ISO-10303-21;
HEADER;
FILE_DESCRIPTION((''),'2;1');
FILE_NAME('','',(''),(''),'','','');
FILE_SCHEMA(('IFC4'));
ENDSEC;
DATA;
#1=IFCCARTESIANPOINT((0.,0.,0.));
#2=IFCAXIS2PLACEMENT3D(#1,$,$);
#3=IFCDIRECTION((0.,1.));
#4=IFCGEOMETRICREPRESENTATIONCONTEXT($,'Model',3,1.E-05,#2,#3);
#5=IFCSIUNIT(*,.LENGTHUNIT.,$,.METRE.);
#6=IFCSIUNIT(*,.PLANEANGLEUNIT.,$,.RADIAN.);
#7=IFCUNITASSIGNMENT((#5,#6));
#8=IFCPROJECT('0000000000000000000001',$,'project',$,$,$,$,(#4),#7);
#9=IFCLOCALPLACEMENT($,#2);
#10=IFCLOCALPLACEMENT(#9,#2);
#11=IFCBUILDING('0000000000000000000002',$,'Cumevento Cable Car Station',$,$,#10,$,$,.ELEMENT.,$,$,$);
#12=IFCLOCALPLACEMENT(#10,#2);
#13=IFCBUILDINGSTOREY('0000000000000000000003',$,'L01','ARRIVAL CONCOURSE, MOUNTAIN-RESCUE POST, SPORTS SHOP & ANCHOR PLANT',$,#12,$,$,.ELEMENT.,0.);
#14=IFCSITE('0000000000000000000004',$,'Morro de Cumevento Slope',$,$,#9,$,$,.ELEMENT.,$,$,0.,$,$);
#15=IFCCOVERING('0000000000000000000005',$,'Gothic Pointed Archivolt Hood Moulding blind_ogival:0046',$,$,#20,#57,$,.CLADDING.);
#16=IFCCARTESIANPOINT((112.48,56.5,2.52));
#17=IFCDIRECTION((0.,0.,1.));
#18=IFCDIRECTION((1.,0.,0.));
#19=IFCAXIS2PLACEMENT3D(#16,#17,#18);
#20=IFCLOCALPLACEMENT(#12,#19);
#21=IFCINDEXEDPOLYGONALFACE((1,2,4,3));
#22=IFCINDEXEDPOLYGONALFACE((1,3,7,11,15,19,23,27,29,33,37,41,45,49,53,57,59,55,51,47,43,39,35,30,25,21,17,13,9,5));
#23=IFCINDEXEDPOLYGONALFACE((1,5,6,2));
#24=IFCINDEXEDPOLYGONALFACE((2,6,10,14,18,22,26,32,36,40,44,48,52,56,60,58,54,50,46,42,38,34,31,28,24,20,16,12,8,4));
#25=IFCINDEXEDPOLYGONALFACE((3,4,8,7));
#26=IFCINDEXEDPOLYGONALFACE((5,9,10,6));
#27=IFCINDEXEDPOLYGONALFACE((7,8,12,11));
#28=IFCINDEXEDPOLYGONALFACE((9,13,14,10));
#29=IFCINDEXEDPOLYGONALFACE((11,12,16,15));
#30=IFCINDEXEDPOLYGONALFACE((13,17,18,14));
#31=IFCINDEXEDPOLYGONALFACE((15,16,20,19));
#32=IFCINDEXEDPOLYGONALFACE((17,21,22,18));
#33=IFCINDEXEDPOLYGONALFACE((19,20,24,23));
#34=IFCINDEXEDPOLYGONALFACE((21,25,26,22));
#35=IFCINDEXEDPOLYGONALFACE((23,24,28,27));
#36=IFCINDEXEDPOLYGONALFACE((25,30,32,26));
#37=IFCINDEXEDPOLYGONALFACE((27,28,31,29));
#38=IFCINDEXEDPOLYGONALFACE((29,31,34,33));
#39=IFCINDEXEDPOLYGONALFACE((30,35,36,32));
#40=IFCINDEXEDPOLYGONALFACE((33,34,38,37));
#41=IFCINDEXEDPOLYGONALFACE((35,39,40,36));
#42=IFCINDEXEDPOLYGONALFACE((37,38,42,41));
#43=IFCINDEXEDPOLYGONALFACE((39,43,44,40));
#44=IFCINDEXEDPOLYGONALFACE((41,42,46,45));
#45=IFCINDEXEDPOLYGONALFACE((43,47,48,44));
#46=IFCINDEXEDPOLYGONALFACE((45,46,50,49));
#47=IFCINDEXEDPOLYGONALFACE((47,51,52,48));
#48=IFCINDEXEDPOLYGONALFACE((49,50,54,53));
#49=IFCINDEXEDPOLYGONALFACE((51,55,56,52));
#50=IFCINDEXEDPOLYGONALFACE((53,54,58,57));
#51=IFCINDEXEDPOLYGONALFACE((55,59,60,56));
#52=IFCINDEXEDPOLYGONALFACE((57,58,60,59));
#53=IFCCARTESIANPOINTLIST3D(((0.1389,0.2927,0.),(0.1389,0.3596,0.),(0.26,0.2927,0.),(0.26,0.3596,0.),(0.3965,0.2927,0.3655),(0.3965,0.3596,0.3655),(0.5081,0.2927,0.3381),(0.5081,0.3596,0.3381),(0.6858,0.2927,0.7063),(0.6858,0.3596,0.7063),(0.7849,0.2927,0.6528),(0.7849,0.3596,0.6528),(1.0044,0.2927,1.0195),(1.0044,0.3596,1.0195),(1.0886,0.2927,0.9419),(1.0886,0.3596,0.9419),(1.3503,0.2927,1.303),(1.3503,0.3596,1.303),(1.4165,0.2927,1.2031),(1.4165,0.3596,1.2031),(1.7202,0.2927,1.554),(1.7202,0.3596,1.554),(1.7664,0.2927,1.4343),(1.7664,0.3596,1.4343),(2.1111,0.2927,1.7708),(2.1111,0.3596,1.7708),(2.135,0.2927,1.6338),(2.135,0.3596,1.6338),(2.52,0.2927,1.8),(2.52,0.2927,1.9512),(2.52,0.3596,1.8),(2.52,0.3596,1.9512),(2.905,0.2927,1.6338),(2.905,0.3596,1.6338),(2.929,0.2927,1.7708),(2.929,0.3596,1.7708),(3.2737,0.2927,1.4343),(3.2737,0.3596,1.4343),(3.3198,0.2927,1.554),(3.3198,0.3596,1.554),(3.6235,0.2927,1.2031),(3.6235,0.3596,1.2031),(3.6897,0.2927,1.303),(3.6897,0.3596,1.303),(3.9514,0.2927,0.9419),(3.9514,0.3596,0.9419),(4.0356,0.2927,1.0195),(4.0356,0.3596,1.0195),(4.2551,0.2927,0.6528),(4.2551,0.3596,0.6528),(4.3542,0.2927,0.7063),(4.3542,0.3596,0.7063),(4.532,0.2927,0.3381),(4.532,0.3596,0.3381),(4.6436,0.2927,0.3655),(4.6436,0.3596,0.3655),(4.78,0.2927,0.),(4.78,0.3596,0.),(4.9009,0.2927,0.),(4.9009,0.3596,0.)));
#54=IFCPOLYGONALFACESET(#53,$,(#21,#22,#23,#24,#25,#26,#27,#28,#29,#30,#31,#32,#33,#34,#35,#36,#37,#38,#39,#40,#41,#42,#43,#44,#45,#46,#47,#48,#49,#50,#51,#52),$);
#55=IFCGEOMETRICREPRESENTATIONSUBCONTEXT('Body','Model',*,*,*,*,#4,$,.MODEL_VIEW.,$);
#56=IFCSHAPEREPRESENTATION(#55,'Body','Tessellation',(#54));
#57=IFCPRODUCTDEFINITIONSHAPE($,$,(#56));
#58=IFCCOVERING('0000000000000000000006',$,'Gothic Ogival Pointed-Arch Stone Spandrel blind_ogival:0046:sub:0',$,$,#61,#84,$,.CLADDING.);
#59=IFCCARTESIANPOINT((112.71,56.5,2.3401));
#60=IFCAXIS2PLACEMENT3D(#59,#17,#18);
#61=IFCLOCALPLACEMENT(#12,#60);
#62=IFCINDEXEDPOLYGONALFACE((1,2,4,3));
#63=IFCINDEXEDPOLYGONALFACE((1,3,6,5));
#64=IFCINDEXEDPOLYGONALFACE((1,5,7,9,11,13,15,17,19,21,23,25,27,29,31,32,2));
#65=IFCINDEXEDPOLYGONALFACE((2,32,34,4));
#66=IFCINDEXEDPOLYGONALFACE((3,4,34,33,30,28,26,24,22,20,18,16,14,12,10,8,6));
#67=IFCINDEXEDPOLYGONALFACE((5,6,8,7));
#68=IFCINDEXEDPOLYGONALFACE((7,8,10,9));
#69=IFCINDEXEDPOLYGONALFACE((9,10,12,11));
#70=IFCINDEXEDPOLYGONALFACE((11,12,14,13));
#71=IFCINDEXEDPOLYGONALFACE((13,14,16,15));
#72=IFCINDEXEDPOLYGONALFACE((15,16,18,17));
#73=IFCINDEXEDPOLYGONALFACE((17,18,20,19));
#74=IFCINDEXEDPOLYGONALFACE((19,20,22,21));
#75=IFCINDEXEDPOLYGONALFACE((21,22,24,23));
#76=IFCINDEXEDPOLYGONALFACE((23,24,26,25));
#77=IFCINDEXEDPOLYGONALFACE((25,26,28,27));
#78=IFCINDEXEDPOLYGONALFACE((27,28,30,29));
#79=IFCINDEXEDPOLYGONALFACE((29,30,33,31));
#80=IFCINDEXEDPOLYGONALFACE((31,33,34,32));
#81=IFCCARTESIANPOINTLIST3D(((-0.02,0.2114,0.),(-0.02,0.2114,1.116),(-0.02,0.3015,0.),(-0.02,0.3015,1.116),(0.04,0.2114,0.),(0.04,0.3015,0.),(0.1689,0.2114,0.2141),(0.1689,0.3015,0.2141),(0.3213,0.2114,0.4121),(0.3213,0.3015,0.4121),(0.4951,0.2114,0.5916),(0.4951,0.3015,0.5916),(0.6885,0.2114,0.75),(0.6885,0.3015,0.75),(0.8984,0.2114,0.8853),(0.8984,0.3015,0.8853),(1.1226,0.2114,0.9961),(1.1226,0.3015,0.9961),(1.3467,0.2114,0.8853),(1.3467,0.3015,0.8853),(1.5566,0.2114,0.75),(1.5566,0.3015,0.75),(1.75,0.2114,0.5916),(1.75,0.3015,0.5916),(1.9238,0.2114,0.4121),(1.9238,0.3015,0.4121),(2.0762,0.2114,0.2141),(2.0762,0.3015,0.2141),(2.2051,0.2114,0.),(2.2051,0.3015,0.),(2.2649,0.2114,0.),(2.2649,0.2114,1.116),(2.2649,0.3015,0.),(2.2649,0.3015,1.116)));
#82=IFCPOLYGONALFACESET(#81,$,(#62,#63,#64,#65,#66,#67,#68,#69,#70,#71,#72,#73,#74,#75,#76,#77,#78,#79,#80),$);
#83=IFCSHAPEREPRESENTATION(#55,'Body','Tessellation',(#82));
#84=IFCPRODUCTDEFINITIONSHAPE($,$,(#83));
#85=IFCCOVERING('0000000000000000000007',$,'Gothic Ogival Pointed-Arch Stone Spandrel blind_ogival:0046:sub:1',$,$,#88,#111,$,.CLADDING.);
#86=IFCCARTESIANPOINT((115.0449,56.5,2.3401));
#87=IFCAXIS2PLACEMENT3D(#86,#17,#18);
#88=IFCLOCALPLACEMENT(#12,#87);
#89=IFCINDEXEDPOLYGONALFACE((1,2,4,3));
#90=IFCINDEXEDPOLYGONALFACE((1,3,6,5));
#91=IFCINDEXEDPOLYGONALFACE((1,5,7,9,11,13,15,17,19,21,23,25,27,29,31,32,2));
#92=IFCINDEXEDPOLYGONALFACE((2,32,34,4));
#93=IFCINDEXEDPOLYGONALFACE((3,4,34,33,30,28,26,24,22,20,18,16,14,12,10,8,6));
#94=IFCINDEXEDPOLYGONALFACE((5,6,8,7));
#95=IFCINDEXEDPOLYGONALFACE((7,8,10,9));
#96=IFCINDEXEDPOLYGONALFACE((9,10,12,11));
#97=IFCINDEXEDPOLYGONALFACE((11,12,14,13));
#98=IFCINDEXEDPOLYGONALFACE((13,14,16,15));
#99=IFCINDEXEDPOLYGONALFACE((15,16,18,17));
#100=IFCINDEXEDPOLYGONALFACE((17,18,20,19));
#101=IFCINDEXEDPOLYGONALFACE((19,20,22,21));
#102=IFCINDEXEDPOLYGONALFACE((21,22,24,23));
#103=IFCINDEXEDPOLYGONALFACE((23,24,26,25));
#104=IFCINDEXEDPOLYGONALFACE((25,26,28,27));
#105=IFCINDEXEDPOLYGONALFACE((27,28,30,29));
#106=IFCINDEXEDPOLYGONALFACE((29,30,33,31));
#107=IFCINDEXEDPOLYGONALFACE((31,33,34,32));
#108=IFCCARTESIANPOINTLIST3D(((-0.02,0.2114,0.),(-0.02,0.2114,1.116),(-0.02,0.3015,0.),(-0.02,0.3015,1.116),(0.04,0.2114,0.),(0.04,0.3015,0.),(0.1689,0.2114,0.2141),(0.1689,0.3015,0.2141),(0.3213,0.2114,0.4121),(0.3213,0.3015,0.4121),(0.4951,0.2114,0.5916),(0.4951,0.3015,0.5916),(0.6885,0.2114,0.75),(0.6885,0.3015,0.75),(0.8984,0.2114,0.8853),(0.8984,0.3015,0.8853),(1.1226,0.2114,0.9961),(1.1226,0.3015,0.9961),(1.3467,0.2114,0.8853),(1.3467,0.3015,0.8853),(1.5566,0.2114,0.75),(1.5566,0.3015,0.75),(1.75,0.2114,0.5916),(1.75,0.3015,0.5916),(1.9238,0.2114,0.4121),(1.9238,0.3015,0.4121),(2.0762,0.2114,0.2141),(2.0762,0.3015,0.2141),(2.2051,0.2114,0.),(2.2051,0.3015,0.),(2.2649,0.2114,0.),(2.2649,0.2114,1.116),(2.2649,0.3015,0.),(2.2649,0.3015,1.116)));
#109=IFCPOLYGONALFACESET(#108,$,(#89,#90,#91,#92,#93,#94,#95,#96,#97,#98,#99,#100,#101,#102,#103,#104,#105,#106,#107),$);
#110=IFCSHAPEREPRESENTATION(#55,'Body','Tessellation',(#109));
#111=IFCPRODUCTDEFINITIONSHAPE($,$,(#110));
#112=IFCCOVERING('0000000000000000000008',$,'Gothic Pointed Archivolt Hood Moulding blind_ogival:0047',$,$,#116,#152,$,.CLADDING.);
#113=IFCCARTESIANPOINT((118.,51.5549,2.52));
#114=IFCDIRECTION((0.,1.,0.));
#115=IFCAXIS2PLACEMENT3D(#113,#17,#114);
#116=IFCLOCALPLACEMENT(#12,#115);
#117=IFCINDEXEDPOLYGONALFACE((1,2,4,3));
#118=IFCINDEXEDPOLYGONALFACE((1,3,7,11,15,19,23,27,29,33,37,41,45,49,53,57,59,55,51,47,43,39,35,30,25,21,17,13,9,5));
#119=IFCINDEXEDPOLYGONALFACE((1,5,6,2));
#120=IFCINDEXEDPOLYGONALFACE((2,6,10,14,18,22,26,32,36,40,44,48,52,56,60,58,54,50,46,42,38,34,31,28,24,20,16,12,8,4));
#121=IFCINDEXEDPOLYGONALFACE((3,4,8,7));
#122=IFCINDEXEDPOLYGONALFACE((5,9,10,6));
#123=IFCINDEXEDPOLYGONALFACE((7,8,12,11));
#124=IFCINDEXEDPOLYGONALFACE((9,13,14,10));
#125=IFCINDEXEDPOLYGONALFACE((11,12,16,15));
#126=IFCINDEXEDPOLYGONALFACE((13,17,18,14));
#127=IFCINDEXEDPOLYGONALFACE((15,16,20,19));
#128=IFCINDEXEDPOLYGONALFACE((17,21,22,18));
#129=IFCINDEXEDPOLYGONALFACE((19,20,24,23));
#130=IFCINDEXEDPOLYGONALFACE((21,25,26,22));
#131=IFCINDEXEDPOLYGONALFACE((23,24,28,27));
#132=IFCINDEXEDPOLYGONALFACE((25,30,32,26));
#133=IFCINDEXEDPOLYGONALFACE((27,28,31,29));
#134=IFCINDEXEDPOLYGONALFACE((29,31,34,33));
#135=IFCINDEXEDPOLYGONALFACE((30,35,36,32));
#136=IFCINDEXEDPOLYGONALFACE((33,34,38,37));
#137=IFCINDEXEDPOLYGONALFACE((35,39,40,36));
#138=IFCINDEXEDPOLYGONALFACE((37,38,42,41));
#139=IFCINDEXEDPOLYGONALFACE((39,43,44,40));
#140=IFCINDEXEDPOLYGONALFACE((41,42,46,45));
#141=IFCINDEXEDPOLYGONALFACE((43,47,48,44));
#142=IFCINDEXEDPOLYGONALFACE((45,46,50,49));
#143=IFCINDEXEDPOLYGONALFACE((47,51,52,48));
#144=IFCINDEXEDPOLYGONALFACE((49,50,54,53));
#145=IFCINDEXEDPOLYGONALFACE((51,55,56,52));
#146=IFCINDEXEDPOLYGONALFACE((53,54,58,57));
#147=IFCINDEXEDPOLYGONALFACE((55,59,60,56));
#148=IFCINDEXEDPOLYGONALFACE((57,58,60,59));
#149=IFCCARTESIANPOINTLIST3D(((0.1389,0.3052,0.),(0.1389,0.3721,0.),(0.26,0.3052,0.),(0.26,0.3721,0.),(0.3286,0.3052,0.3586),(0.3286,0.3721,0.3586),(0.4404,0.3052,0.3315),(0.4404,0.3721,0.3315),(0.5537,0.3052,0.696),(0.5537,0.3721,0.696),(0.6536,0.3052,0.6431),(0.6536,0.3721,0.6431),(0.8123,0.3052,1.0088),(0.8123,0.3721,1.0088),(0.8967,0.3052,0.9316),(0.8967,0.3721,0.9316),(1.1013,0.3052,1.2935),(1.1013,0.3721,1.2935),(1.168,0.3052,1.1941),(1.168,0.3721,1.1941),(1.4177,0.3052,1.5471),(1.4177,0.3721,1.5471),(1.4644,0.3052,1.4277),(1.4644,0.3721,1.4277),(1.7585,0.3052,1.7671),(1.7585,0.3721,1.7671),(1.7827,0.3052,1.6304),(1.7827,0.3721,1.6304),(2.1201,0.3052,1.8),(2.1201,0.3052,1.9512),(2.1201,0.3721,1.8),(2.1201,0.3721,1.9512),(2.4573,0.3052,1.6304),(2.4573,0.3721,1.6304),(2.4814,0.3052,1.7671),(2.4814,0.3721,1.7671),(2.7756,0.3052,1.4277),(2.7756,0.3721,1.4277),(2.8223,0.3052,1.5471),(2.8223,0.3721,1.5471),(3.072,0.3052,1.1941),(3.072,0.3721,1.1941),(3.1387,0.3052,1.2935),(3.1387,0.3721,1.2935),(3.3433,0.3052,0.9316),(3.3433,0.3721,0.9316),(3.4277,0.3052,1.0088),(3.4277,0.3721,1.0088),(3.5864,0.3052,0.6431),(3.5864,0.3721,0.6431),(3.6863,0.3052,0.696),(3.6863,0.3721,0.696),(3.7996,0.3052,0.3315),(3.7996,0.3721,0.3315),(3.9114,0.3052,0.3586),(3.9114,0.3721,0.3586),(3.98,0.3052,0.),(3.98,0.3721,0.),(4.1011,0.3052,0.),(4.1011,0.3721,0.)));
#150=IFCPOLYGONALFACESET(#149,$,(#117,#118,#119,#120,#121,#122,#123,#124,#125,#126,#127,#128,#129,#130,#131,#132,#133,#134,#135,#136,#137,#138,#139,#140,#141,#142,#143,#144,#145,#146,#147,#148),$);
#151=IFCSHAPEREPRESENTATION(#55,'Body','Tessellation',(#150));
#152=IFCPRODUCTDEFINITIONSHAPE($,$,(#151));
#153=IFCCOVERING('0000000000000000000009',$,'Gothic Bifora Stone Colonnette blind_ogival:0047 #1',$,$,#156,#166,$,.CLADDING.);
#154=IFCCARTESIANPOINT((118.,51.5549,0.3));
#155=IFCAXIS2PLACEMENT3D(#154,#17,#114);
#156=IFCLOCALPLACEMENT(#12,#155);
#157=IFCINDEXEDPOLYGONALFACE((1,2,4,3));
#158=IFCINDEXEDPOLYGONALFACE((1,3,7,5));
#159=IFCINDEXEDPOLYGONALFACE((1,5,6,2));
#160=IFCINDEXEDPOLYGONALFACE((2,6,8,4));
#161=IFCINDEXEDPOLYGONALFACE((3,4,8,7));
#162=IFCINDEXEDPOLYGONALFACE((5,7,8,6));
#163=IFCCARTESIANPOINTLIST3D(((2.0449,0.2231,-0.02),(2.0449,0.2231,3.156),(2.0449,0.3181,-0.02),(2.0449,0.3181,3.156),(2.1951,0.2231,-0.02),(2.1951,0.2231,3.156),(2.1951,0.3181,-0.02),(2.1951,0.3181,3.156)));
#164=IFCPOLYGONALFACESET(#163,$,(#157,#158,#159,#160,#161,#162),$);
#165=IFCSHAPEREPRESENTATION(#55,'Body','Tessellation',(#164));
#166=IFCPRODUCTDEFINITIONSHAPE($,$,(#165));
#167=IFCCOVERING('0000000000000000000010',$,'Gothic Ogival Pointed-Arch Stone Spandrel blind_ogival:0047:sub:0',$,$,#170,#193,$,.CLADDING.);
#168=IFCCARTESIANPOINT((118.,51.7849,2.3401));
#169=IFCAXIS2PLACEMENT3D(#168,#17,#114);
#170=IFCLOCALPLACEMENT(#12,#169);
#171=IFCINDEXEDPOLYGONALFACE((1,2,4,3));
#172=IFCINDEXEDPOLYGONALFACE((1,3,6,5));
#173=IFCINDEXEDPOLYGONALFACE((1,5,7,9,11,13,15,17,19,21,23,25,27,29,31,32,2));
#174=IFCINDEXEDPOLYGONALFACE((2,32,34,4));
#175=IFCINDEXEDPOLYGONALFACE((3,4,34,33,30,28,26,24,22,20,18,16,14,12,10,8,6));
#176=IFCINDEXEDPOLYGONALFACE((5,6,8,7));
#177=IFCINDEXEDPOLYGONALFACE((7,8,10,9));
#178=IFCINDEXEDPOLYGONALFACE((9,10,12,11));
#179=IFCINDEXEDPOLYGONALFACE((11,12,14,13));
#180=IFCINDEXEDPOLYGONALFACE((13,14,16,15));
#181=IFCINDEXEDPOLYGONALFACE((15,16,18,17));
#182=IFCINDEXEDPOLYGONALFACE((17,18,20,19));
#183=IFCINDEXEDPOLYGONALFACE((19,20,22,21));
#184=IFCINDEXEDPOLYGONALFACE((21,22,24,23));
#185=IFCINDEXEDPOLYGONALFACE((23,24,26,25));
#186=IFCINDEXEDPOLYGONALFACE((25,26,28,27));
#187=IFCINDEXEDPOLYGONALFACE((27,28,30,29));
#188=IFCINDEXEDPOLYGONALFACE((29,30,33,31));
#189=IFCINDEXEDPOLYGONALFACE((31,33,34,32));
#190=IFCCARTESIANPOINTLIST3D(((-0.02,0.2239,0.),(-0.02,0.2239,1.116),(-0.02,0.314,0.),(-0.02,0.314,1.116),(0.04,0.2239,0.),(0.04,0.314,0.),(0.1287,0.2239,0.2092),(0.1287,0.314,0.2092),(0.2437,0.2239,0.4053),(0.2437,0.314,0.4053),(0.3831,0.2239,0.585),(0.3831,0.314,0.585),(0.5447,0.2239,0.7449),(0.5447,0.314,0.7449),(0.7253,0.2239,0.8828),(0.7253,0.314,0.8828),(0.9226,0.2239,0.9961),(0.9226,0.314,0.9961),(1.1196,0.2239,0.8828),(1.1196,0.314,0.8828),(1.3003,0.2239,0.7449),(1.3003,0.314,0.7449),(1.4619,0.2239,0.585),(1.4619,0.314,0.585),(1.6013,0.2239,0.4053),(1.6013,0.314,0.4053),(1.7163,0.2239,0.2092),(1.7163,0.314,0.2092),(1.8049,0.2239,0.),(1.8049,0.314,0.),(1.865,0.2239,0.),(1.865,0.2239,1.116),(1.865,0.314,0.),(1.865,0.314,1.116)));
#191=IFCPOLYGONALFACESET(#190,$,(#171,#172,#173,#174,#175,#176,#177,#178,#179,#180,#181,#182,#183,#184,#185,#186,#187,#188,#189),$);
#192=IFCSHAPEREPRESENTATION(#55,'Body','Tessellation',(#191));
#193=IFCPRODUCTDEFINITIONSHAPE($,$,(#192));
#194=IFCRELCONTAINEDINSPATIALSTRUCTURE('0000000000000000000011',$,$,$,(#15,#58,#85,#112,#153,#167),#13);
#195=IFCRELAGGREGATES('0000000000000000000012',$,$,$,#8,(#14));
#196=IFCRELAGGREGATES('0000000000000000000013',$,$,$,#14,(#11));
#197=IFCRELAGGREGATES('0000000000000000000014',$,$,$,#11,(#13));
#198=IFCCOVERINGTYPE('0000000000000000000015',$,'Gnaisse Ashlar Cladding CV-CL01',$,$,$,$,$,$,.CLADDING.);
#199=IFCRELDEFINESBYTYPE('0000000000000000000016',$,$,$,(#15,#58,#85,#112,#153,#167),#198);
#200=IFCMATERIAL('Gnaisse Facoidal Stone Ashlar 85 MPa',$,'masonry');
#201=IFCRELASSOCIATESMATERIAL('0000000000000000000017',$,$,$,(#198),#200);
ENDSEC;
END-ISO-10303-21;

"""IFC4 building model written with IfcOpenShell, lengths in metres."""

from ifc_helpers import new_model, si_unit, direction, frame, origin, place, context, subcontext, project, spatial, polyline, outline, extrude, material, type_object, element, save


model = new_model("IFC4")

# Units and contexts
model_context = context("Model", 3, precision=1e-05, world=origin(), true_north=direction((0.0, 1.0)))
body_context = subcontext(model_context, "Body", "Model", "MODEL_VIEW")
ifc_project = project(units=[si_unit("LENGTHUNIT", "METRE"), si_unit("PLANEANGLEUNIT", "RADIAN")], contexts=[model_context])

# Site, building, storey
site_placement = place(None, origin())
site = spatial("IfcSite", under=ifc_project, at=site_placement, Name="Morro de Cumevento Slope", CompositionType="ELEMENT", RefElevation=0.0)
building_placement = place(site_placement, origin())
building = spatial("IfcBuilding", under=site, at=building_placement, Name="Cumevento Cable Car Station", CompositionType="ELEMENT")
storey_placement = place(building_placement, origin())
storey = spatial("IfcBuildingStorey", under=building, at=storey_placement, Name="L01", Description="ARRIVAL CONCOURSE, MOUNTAIN-RESCUE POST, SPORTS SHOP & ANCHOR PLANT", CompositionType="ELEMENT", Elevation=0.0)

# Coverings
ifc_material_1 = material(Name="Gnaisse Facoidal Stone Ashlar 85 MPa", Category="masonry")
covering_type = type_object("IfcCoveringType", Name="Gnaisse Ashlar Cladding CV-CL01", PredefinedType="CLADDING", material=ifc_material_1)
covering_1_placement = place(storey_placement, frame((112.48, 56.5, 2.52), z_axis=(0.0, 0.0, 1.0), x_axis=(1.0, 0.0, 0.0)))
element("IfcCovering", 1, at=covering_1_placement, inside=storey, type_object=covering_type, Name="Gothic Pointed Archivolt Hood Moulding blind_ogival:0046", PredefinedType="CLADDING", context=body_context, shape_type="SweptSolid", body=[
    extrude(outline(polyline([(0.26, 0.0), (0.5081, 0.3381), (0.7849, 0.6528), (1.0886, 0.9419), (1.4165, 1.2031), (1.7664, 1.4343), (2.135, 1.6338), (2.52, 1.8), (2.905, 1.6338), (3.2737, 1.4343), (3.6235, 1.2031), (3.9514, 0.9419), (4.2551, 0.6528), (4.532, 0.3381), (4.78, 0.0), (4.9009, 0.0), (4.6436, 0.3655), (4.3542, 0.7063), (4.0356, 1.0195), (3.6897, 1.303), (3.3198, 1.554), (2.929, 1.7708), (2.52, 1.9512), (2.1111, 1.7708), (1.7202, 1.554), (1.3503, 1.303), (1.0044, 1.0195), (0.6858, 0.7063), (0.3965, 0.3655), (0.1389, 0.0), (0.26, 0.0)])), frame((0.0, 0.3596, 0.0), z_axis=(0.0, -1.0, 0.0), x_axis=(1.0, 0.0, 0.0)), (0.0, 0.0, 1.0), 0.0669),
])
for number, where, z_axis, x_axis, name in (
    (2, (112.71, 56.5, 2.3401), (0.0, 0.0, 1.0), (1.0, 0.0, 0.0), "Gothic Ogival Pointed-Arch Stone Spandrel blind_ogival:0046:sub:0"),
    (3, (115.0449, 56.5, 2.3401), (0.0, 0.0, 1.0), (1.0, 0.0, 0.0), "Gothic Ogival Pointed-Arch Stone Spandrel blind_ogival:0046:sub:1"),
):
    element("IfcCovering", number, at=place(storey_placement, frame(where, z_axis=z_axis, x_axis=x_axis)), inside=storey, type_object=covering_type, Name=name, PredefinedType="CLADDING", context=body_context, shape_type="SweptSolid", body=[
        extrude(outline(polyline([(-0.02, 0.0), (-0.02, 1.116), (2.2649, 1.116), (2.2649, 0.0), (2.2051, 0.0), (2.0762, 0.2141), (1.9238, 0.4121), (1.75, 0.5916), (1.5566, 0.75), (1.3467, 0.8853), (1.1226, 0.9961), (0.8984, 0.8853), (0.6885, 0.75), (0.4951, 0.5916), (0.3213, 0.4121), (0.1689, 0.2141), (0.04, 0.0), (-0.02, 0.0)])), frame((0.0, 0.3015, 0.0), z_axis=(0.0, -1.0, 0.0), x_axis=(1.0, 0.0, 0.0)), (0.0, 0.0, 1.0), 0.0901),
    ])
covering_2_placement = place(storey_placement, frame((118.0, 51.5549, 2.52), z_axis=(0.0, 0.0, 1.0), x_axis=(0.0, 1.0, 0.0)))
element("IfcCovering", 4, at=covering_2_placement, inside=storey, type_object=covering_type, Name="Gothic Pointed Archivolt Hood Moulding blind_ogival:0047", PredefinedType="CLADDING", context=body_context, shape_type="SweptSolid", body=[
    extrude(outline(polyline([(0.26, 0.0), (0.4404, 0.3315), (0.6536, 0.6431), (0.8967, 0.9316), (1.168, 1.1941), (1.4644, 1.4277), (1.7827, 1.6304), (2.1201, 1.8), (2.4573, 1.6304), (2.7756, 1.4277), (3.072, 1.1941), (3.3433, 0.9316), (3.5864, 0.6431), (3.7996, 0.3315), (3.98, 0.0), (4.1011, 0.0), (3.9114, 0.3586), (3.6863, 0.696), (3.4277, 1.0088), (3.1387, 1.2935), (2.8223, 1.5471), (2.4814, 1.7671), (2.1201, 1.9512), (1.7585, 1.7671), (1.4177, 1.5471), (1.1013, 1.2935), (0.8123, 1.0088), (0.5537, 0.696), (0.3286, 0.3586), (0.1389, 0.0), (0.26, 0.0)])), frame((0.0, 0.3721, 0.0), z_axis=(0.0, -1.0, 0.0), x_axis=(1.0, 0.0, 0.0)), (0.0, 0.0, 1.0), 0.0669),
])
covering_3_placement = place(storey_placement, frame((118.0, 51.5549, 0.3), z_axis=(0.0, 0.0, 1.0), x_axis=(0.0, 1.0, 0.0)))
element("IfcCovering", 5, at=covering_3_placement, inside=storey, type_object=covering_type, Name="Gothic Bifora Stone Colonnette blind_ogival:0047 #1", PredefinedType="CLADDING", context=body_context, shape_type="SweptSolid", body=[
    extrude(outline(polyline([(2.0449, -0.02), (2.1951, -0.02), (2.1951, 3.156), (2.0449, 3.156), (2.0449, -0.02)])), frame((0.0, 0.3181, 0.0), z_axis=(0.0, -1.0, 0.0), x_axis=(1.0, 0.0, 0.0)), (0.0, 0.0, 1.0), 0.095),
])
for number, where, z_axis, x_axis, name in (
    (6, (118.0, 51.7849, 2.3401), (0.0, 0.0, 1.0), (0.0, 1.0, 0.0), "Gothic Ogival Pointed-Arch Stone Spandrel blind_ogival:0047:sub:0"),
):
    element("IfcCovering", number, at=place(storey_placement, frame(where, z_axis=z_axis, x_axis=x_axis)), inside=storey, type_object=covering_type, Name=name, PredefinedType="CLADDING", context=body_context, shape_type="SweptSolid", body=[
        extrude(outline(polyline([(-0.02, 0.0), (-0.02, 1.116), (1.865, 1.116), (1.865, 0.0), (1.8049, 0.0), (1.7163, 0.2092), (1.6013, 0.4053), (1.4619, 0.585), (1.3003, 0.7449), (1.1196, 0.8828), (0.9226, 0.9961), (0.7253, 0.8828), (0.5447, 0.7449), (0.3831, 0.585), (0.2437, 0.4053), (0.1287, 0.2092), (0.04, 0.0), (-0.02, 0.0)])), frame((0.0, 0.314, 0.0), z_axis=(0.0, -1.0, 0.0), x_axis=(1.0, 0.0, 0.0)), (0.0, 0.0, 1.0), 0.0901),
    ])

save(model, "model.ifc")
